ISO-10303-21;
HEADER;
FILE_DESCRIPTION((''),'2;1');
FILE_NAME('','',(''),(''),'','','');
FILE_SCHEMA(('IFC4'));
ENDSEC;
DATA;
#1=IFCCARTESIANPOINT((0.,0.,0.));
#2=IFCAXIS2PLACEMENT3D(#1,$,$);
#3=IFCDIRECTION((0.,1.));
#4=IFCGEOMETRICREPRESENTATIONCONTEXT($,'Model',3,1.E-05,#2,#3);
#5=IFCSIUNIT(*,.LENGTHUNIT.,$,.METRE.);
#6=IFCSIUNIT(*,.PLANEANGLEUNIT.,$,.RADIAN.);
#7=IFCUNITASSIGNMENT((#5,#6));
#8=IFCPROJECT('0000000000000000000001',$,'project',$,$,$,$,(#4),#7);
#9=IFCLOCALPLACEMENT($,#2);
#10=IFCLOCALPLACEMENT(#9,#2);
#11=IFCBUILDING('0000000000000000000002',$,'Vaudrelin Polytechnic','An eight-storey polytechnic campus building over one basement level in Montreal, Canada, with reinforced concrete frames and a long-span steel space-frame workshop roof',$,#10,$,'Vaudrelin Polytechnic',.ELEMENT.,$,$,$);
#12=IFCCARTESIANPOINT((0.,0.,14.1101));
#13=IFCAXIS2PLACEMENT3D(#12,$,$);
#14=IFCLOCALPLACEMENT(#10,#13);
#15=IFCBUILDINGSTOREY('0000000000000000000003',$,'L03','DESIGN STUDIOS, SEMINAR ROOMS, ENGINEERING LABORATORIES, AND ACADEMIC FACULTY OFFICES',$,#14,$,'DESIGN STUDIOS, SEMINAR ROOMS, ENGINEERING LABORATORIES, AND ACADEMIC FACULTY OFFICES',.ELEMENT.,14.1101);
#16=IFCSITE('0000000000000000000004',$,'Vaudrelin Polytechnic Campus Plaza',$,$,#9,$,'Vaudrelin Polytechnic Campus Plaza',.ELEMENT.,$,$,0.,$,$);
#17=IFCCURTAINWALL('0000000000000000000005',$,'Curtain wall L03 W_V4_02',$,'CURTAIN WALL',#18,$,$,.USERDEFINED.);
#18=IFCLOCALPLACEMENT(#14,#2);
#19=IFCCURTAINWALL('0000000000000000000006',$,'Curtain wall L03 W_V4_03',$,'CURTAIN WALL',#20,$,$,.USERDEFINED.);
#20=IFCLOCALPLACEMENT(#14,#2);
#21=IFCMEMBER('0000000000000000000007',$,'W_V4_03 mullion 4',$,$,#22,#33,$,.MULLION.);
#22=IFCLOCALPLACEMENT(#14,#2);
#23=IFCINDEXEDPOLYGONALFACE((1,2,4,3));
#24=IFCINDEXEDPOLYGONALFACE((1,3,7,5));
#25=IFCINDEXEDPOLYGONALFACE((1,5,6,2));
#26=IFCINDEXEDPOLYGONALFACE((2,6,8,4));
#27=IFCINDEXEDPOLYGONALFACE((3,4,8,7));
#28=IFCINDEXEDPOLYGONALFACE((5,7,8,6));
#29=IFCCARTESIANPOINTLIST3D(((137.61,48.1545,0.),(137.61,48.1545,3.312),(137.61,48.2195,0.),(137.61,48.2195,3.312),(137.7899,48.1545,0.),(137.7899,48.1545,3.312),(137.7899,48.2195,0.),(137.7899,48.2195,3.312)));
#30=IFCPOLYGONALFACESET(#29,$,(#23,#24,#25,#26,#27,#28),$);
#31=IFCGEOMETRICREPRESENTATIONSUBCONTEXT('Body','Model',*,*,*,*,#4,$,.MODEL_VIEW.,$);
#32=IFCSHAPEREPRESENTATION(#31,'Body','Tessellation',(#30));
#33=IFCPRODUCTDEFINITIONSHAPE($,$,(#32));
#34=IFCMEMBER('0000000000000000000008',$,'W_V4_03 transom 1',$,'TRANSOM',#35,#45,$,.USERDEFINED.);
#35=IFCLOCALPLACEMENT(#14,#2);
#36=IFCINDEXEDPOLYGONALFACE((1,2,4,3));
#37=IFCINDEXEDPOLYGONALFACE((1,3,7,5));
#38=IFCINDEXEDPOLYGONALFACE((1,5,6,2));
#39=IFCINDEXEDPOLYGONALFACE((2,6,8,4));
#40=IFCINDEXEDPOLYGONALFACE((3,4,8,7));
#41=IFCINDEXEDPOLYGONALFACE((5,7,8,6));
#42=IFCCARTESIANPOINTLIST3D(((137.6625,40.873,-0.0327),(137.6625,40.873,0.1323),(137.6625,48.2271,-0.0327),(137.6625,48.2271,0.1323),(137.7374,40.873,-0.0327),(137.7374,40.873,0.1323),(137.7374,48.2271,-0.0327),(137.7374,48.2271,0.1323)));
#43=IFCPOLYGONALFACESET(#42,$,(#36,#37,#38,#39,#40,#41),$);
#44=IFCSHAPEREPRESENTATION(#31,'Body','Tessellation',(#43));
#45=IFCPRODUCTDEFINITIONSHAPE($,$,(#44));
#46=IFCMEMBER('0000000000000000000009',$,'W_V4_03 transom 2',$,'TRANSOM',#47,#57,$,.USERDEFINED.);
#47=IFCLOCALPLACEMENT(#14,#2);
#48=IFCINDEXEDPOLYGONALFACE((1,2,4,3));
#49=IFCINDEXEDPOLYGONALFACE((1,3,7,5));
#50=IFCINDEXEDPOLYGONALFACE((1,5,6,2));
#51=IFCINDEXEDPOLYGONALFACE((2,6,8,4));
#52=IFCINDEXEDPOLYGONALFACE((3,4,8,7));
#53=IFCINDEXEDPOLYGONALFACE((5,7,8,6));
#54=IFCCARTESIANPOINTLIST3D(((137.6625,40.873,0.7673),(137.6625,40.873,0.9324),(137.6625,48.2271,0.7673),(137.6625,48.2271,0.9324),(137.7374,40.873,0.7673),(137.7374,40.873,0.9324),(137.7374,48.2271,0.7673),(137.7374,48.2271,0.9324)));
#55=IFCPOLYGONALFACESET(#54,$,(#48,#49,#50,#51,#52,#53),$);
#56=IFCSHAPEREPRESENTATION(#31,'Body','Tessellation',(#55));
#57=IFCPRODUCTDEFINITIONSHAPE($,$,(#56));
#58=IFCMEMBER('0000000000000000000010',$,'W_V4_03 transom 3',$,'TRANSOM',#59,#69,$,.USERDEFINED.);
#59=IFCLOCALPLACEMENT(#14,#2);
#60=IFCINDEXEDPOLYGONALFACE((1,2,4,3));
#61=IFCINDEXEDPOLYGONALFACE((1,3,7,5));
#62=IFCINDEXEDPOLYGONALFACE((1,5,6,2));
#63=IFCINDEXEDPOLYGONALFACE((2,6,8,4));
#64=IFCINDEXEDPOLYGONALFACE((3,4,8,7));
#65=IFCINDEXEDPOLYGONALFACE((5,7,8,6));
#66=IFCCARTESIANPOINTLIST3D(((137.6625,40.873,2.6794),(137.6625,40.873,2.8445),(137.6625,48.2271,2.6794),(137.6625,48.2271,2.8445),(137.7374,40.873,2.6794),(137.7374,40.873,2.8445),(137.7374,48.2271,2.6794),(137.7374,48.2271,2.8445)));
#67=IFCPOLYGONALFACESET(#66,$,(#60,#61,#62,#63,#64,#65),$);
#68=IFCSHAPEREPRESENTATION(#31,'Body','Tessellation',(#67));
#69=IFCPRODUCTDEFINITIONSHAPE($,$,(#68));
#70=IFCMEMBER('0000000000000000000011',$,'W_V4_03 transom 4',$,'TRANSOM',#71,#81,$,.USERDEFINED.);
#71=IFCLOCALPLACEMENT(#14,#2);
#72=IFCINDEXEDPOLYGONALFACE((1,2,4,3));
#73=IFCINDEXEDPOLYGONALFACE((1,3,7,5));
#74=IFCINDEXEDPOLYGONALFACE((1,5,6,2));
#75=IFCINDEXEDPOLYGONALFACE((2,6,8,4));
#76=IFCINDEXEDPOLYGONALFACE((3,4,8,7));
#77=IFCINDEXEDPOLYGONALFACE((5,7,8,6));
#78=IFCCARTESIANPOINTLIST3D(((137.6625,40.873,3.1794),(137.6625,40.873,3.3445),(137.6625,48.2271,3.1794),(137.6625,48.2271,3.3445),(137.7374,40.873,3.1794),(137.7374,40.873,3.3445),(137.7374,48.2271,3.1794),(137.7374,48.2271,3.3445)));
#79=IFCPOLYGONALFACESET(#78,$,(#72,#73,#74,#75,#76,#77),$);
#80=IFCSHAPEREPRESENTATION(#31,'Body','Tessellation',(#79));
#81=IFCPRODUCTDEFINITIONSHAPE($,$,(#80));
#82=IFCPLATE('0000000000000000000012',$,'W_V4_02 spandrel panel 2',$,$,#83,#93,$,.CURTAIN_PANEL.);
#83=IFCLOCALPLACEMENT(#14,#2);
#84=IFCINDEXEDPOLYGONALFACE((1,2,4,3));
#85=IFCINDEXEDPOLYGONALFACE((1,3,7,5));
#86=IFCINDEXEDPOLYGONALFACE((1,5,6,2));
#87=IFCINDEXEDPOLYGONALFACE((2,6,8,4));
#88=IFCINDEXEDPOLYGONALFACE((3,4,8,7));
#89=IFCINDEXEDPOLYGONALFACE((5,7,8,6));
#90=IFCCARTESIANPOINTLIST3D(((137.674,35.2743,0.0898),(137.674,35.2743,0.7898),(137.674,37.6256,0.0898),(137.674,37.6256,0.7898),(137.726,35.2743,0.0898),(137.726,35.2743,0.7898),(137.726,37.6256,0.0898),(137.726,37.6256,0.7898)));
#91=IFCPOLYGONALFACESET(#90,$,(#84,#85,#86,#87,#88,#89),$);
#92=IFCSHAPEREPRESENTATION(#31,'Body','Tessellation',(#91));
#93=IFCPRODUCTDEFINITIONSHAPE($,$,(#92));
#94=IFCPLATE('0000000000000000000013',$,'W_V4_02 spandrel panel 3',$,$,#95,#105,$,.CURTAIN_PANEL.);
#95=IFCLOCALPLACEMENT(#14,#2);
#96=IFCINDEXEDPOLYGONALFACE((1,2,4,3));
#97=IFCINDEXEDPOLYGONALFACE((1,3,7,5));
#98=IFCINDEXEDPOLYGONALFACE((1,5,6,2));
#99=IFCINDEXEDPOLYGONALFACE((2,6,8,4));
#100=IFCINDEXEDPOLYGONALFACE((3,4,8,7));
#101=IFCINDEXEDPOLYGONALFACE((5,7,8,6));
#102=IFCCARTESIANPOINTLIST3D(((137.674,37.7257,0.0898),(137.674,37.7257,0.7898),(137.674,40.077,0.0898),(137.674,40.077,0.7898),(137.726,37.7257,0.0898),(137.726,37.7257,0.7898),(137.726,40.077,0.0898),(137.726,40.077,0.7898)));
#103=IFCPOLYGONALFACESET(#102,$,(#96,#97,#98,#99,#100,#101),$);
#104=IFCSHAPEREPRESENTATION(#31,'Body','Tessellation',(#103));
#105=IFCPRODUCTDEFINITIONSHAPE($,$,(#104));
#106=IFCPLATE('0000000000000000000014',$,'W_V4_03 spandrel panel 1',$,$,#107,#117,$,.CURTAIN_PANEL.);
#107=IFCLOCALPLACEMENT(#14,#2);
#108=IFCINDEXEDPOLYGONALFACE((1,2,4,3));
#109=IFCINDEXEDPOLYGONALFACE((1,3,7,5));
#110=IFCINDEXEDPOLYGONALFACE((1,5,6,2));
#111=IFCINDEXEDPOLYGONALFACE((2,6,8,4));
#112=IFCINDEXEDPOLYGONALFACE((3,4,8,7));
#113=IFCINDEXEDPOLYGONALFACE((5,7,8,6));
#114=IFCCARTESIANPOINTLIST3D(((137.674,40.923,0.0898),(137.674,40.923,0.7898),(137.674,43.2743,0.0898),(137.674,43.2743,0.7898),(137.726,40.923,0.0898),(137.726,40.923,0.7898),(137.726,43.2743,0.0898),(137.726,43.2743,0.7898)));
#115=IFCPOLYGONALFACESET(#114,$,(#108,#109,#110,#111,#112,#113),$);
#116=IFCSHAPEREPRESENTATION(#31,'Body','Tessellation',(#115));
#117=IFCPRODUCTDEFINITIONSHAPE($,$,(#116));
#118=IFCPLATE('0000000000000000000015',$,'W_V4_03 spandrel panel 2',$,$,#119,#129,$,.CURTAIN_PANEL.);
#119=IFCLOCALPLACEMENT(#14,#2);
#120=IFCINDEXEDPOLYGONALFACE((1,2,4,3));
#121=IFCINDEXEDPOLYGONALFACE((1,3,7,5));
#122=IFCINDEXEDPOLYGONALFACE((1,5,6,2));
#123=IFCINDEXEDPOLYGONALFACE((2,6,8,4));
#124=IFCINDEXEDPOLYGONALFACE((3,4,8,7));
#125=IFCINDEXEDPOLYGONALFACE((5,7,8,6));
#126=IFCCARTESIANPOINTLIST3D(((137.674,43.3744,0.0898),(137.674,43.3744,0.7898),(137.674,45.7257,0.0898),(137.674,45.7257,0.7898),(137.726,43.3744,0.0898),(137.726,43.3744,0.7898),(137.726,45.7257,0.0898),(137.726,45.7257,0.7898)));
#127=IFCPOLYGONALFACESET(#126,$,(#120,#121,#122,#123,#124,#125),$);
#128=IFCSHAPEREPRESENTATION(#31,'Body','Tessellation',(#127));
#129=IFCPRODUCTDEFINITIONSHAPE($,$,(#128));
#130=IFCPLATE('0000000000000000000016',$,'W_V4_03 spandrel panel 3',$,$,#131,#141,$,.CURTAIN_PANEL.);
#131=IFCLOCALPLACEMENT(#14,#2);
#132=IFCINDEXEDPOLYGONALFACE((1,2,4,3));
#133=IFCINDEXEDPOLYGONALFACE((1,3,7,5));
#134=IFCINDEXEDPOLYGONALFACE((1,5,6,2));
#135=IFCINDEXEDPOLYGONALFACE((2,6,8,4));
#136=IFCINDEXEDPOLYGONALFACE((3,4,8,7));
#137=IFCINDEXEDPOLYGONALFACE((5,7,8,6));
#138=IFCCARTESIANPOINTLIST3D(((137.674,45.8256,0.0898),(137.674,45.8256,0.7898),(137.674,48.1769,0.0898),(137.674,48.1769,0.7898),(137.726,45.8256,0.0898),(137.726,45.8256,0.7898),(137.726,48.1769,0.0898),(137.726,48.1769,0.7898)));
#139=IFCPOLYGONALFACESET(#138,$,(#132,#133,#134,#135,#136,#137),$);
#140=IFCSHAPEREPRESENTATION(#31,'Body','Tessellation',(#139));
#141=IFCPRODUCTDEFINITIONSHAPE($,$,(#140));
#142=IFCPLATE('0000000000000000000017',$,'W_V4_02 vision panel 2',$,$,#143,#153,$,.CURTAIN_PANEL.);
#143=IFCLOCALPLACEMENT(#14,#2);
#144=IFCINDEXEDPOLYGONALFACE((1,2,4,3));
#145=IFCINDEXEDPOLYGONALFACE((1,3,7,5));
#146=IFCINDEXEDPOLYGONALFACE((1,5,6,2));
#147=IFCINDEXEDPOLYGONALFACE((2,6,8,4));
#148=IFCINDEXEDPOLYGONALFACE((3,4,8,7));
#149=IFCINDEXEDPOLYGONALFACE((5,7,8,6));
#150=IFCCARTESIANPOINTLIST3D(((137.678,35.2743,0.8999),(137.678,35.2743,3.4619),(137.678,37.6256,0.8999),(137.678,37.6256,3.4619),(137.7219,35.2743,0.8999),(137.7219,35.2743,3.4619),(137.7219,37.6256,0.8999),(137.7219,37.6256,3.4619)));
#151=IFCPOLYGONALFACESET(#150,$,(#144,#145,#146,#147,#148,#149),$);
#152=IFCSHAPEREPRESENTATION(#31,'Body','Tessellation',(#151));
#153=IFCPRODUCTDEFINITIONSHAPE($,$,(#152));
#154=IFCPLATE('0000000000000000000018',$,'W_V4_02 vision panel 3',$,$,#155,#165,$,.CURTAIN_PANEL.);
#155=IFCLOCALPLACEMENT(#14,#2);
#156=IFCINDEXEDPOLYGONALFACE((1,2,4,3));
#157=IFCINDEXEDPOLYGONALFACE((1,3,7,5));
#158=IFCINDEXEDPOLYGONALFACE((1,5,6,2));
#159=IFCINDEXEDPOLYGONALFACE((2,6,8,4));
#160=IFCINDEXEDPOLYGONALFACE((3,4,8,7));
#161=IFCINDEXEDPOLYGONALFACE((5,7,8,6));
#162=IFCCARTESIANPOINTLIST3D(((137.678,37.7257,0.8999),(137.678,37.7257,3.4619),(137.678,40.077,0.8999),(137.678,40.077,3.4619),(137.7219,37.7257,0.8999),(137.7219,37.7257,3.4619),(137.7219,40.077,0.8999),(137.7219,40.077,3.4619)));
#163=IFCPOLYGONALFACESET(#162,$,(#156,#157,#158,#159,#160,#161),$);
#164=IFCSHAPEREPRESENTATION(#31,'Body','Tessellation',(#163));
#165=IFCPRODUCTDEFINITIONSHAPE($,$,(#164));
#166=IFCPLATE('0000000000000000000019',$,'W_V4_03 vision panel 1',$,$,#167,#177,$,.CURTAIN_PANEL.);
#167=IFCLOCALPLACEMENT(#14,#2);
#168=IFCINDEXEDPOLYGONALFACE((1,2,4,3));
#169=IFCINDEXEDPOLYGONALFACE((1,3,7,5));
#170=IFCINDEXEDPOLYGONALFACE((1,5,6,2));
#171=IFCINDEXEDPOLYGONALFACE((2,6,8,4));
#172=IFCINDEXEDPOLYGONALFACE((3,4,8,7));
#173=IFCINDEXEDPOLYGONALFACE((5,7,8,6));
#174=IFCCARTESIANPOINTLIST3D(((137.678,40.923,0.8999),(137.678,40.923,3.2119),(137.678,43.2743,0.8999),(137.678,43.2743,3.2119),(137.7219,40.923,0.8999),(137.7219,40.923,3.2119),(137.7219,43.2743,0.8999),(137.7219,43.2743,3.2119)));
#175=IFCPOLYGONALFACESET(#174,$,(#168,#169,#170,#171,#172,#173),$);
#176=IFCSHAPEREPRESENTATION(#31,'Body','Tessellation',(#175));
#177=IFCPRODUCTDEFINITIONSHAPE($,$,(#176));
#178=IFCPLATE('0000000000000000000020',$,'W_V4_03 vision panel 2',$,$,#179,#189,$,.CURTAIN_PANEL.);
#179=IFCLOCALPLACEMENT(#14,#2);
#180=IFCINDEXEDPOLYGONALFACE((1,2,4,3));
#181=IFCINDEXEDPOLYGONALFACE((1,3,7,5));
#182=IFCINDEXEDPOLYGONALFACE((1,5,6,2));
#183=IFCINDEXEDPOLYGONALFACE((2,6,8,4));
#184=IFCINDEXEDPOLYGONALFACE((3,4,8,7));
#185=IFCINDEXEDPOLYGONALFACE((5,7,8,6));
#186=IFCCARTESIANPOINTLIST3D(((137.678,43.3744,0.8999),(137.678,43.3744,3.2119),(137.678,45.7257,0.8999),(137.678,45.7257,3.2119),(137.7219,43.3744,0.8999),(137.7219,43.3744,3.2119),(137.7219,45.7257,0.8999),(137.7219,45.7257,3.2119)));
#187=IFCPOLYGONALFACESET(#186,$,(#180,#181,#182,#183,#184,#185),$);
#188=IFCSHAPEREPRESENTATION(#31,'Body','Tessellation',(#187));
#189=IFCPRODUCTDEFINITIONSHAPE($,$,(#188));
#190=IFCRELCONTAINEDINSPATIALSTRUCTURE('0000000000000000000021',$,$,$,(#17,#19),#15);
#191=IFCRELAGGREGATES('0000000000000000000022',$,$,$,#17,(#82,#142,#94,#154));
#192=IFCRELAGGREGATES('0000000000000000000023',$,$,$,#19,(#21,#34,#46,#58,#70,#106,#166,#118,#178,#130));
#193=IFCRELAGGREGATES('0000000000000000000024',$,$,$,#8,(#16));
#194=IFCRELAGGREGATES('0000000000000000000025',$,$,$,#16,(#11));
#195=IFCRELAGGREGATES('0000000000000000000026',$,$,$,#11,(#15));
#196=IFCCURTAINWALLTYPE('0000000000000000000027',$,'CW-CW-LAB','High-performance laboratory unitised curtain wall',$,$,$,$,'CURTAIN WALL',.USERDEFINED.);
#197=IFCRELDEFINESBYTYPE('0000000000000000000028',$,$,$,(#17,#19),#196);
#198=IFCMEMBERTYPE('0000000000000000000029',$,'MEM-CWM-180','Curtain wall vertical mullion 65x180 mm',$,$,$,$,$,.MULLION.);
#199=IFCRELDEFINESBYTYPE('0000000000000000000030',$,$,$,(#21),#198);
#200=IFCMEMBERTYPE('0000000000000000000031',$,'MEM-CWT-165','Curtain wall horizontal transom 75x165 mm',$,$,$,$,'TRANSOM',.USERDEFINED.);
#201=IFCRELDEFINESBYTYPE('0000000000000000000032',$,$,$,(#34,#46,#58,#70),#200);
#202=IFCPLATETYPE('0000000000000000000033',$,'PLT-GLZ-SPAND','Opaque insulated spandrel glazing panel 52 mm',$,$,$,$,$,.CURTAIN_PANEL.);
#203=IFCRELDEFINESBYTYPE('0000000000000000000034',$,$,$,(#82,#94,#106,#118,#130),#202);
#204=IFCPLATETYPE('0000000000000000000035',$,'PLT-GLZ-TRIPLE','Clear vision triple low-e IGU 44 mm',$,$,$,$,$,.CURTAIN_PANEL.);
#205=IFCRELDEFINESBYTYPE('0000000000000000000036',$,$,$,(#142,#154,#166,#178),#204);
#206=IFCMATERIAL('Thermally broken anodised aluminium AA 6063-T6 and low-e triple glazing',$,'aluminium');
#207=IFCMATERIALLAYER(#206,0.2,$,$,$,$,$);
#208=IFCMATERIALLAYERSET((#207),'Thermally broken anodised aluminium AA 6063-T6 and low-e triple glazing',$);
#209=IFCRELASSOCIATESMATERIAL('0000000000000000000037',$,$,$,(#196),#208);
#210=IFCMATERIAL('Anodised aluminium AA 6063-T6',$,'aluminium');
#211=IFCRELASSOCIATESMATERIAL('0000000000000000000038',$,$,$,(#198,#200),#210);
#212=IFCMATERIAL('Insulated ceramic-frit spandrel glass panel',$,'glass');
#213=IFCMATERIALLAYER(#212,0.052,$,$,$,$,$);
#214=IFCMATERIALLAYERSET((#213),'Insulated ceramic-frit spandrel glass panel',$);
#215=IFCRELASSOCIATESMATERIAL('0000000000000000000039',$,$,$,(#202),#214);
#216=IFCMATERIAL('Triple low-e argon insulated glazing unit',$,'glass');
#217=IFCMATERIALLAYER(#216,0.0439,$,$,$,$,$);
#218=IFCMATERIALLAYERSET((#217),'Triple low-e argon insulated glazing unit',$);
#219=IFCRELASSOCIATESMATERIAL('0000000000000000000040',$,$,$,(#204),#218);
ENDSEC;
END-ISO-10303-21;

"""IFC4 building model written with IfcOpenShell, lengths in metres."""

from ifc_helpers import new_model, si_unit, direction, frame, origin, origin_2d, place, context, subcontext, project, spatial, rectangle, extrude, material, layer, layer_set, material_profile, profile_set, type_object, element, aggregate, save


model = new_model("IFC4")

# Units and contexts
model_context = context("Model", 3, precision=1e-05, world=origin(), true_north=direction((0.0, 1.0)))
body_context = subcontext(model_context, "Body", "Model", "MODEL_VIEW")
ifc_project = project(units=[si_unit("LENGTHUNIT", "METRE"), si_unit("PLANEANGLEUNIT", "RADIAN")], contexts=[model_context])

# Site, building, storey
site_placement = place(None, origin())
site = spatial("IfcSite", under=ifc_project, at=site_placement, Name="Vaudrelin Polytechnic Campus Plaza", LongName="Vaudrelin Polytechnic Campus Plaza", CompositionType="ELEMENT", RefElevation=0.0)
building_placement = place(site_placement, origin())
building = spatial("IfcBuilding", under=site, at=building_placement, Name="Vaudrelin Polytechnic", Description="An eight-storey polytechnic campus building over one basement level in Montreal, Canada, with reinforced concrete frames and a long-span steel space-frame workshop roof", LongName="Vaudrelin Polytechnic", CompositionType="ELEMENT")
storey_placement = place(building_placement, frame((0.0, 0.0, 14.1101)))
storey = spatial("IfcBuildingStorey", under=building, at=storey_placement, Name="L03", Description="DESIGN STUDIOS, SEMINAR ROOMS, ENGINEERING LABORATORIES, AND ACADEMIC FACULTY OFFICES", LongName="DESIGN STUDIOS, SEMINAR ROOMS, ENGINEERING LABORATORIES, AND ACADEMIC FACULTY OFFICES", CompositionType="ELEMENT", Elevation=14.1101)

# Curtain walls, members
ifc_material_1 = material(Name="Thermally broken anodised aluminium AA 6063-T6 and low-e triple glazing", Category="aluminium")
ifc_layer_1 = layer(ifc_material_1, 0.2)
ifc_layer_set_1 = layer_set([ifc_layer_1], Name="Thermally broken anodised aluminium AA 6063-T6 and low-e triple glazing")
curtain_wall_type = type_object("IfcCurtainWallType", Name="CW-CW-LAB", Description="High-performance laboratory unitised curtain wall", ElementType="CURTAIN WALL", PredefinedType="USERDEFINED", material=ifc_layer_set_1)
curtain_wall_1_placement = place(storey_placement, origin())
curtain_wall_1 = element("IfcCurtainWall", 1, at=curtain_wall_1_placement, inside=storey, type_object=curtain_wall_type, Name="Curtain wall L03 W_V4_02", ObjectType="CURTAIN WALL", PredefinedType="USERDEFINED")
ifc_material_2 = material(Name="Anodised aluminium AA 6063-T6", Category="aluminium")
ifc_material_profile_1 = material_profile(ifc_material_2, rectangle(XDim=0.0649, YDim=0.1799, at=origin_2d()), Name="CWM-65x180")
ifc_profile_set_1 = profile_set([ifc_material_profile_1], Name="Anodised aluminium AA 6063-T6")
member_type_1 = type_object("IfcMemberType", Name="MEM-CWM-180", Description="Curtain wall vertical mullion 65x180 mm", PredefinedType="MULLION", material=ifc_profile_set_1)
curtain_wall_2_placement = place(storey_placement, origin())
curtain_wall_2 = element("IfcCurtainWall", 2, at=curtain_wall_2_placement, inside=storey, type_object=curtain_wall_type, Name="Curtain wall L03 W_V4_03", ObjectType="CURTAIN WALL", PredefinedType="USERDEFINED")
member_1_placement = place(storey_placement, frame((137.7, 48.187, 0.0), z_axis=(0.0, 0.0, 1.0), x_axis=(0.0, 1.0, 0.0)))
member_1 = element("IfcMember", 3, at=member_1_placement, type_object=member_type_1, Name="W_V4_03 mullion 4", PredefinedType="MULLION", context=body_context, shape_type="SweptSolid", body=[
    extrude(rectangle(XDim=0.0649, YDim=0.1799, at=origin_2d()), origin(), (0.0, 0.0, 1.0), 3.312),
])
ifc_material_profile_2 = material_profile(ifc_material_2, rectangle(XDim=0.075, YDim=0.165, at=origin_2d()), Name="CWT-75x165")
ifc_profile_set_2 = profile_set([ifc_material_profile_2], Name="Anodised aluminium AA 6063-T6")
member_type_2 = type_object("IfcMemberType", Name="MEM-CWT-165", Description="Curtain wall horizontal transom 75x165 mm", ElementType="TRANSOM", PredefinedType="USERDEFINED", material=ifc_profile_set_2)
member_2_placement = place(storey_placement, frame((137.7, 40.873, 0.0498), z_axis=(0.0, 1.0, 0.0), x_axis=(-1.0, 0.0, 0.0)))
member_2 = element("IfcMember", 4, at=member_2_placement, type_object=member_type_2, Name="W_V4_03 transom 1", ObjectType="TRANSOM", PredefinedType="USERDEFINED", context=body_context, shape_type="SweptSolid", body=[
    extrude(rectangle(XDim=0.075, YDim=0.165, at=origin_2d()), origin(), (0.0, 0.0, 1.0), 7.354),
])
member_3_placement = place(storey_placement, frame((137.7, 40.873, 0.8499), z_axis=(0.0, 1.0, 0.0), x_axis=(-1.0, 0.0, 0.0)))
member_3 = element("IfcMember", 5, at=member_3_placement, type_object=member_type_2, Name="W_V4_03 transom 2", ObjectType="TRANSOM", PredefinedType="USERDEFINED", context=body_context, shape_type="SweptSolid", body=[
    extrude(rectangle(XDim=0.075, YDim=0.165, at=origin_2d()), origin(), (0.0, 0.0, 1.0), 7.354),
])
member_4_placement = place(storey_placement, frame((137.7, 40.873, 2.762), z_axis=(0.0, 1.0, 0.0), x_axis=(-1.0, 0.0, 0.0)))
member_4 = element("IfcMember", 6, at=member_4_placement, type_object=member_type_2, Name="W_V4_03 transom 3", ObjectType="TRANSOM", PredefinedType="USERDEFINED", context=body_context, shape_type="SweptSolid", body=[
    extrude(rectangle(XDim=0.075, YDim=0.165, at=origin_2d()), origin(), (0.0, 0.0, 1.0), 7.354),
])
member_5_placement = place(storey_placement, frame((137.7, 40.873, 3.262), z_axis=(0.0, 1.0, 0.0), x_axis=(-1.0, 0.0, 0.0)))
member_5 = element("IfcMember", 7, at=member_5_placement, type_object=member_type_2, Name="W_V4_03 transom 4", ObjectType="TRANSOM", PredefinedType="USERDEFINED", context=body_context, shape_type="SweptSolid", body=[
    extrude(rectangle(XDim=0.075, YDim=0.165, at=origin_2d()), origin(), (0.0, 0.0, 1.0), 7.354),
])

# Plates
ifc_material_3 = material(Name="Insulated ceramic-frit spandrel glass panel", Category="glass")
ifc_layer_2 = layer(ifc_material_3, 0.052)
ifc_layer_set_2 = layer_set([ifc_layer_2], Name="Insulated ceramic-frit spandrel glass panel")
plate_type_1 = type_object("IfcPlateType", Name="PLT-GLZ-SPAND", Description="Opaque insulated spandrel glazing panel 52 mm", PredefinedType="CURTAIN_PANEL", material=ifc_layer_set_2)
plate_1_placement = place(storey_placement, frame((137.7, 36.45, 0.0898), z_axis=(0.0, 0.0, 1.0), x_axis=(0.0, 1.0, 0.0)))
plate_1 = element("IfcPlate", 8, at=plate_1_placement, type_object=plate_type_1, Name="W_V4_02 spandrel panel 2", PredefinedType="CURTAIN_PANEL", context=body_context, shape_type="SweptSolid", body=[
    extrude(rectangle(XDim=2.3513, YDim=0.052, at=origin_2d()), origin(), (0.0, 0.0, 1.0), 0.7),
])
plate_2_placement = place(storey_placement, frame((137.7, 38.9014, 0.0898), z_axis=(0.0, 0.0, 1.0), x_axis=(0.0, 1.0, 0.0)))
plate_2 = element("IfcPlate", 9, at=plate_2_placement, type_object=plate_type_1, Name="W_V4_02 spandrel panel 3", PredefinedType="CURTAIN_PANEL", context=body_context, shape_type="SweptSolid", body=[
    extrude(rectangle(XDim=2.3513, YDim=0.052, at=origin_2d()), origin(), (0.0, 0.0, 1.0), 0.7),
])
plate_3_placement = place(storey_placement, frame((137.7, 42.0986, 0.0898), z_axis=(0.0, 0.0, 1.0), x_axis=(0.0, 1.0, 0.0)))
plate_3 = element("IfcPlate", 10, at=plate_3_placement, type_object=plate_type_1, Name="W_V4_03 spandrel panel 1", PredefinedType="CURTAIN_PANEL", context=body_context, shape_type="SweptSolid", body=[
    extrude(rectangle(XDim=2.3513, YDim=0.052, at=origin_2d()), origin(), (0.0, 0.0, 1.0), 0.7),
])
plate_4_placement = place(storey_placement, frame((137.7, 44.55, 0.0898), z_axis=(0.0, 0.0, 1.0), x_axis=(0.0, 1.0, 0.0)))
plate_4 = element("IfcPlate", 11, at=plate_4_placement, type_object=plate_type_1, Name="W_V4_03 spandrel panel 2", PredefinedType="CURTAIN_PANEL", context=body_context, shape_type="SweptSolid", body=[
    extrude(rectangle(XDim=2.3513, YDim=0.052, at=origin_2d()), origin(), (0.0, 0.0, 1.0), 0.7),
])
plate_5_placement = place(storey_placement, frame((137.7, 47.0012, 0.0898), z_axis=(0.0, 0.0, 1.0), x_axis=(0.0, 1.0, 0.0)))
plate_5 = element("IfcPlate", 12, at=plate_5_placement, type_object=plate_type_1, Name="W_V4_03 spandrel panel 3", PredefinedType="CURTAIN_PANEL", context=body_context, shape_type="SweptSolid", body=[
    extrude(rectangle(XDim=2.3513, YDim=0.052, at=origin_2d()), origin(), (0.0, 0.0, 1.0), 0.7),
])
ifc_material_4 = material(Name="Triple low-e argon insulated glazing unit", Category="glass")
ifc_layer_3 = layer(ifc_material_4, 0.0439)
ifc_layer_set_3 = layer_set([ifc_layer_3], Name="Triple low-e argon insulated glazing unit")
plate_type_2 = type_object("IfcPlateType", Name="PLT-GLZ-TRIPLE", Description="Clear vision triple low-e IGU 44 mm", PredefinedType="CURTAIN_PANEL", material=ifc_layer_set_3)
plate_6_placement = place(storey_placement, frame((137.7, 36.45, 0.8999), z_axis=(0.0, 0.0, 1.0), x_axis=(0.0, 1.0, 0.0)))
plate_6 = element("IfcPlate", 13, at=plate_6_placement, type_object=plate_type_2, Name="W_V4_02 vision panel 2", PredefinedType="CURTAIN_PANEL", context=body_context, shape_type="SweptSolid", body=[
    extrude(rectangle(XDim=2.3513, YDim=0.0439, at=origin_2d()), origin(), (0.0, 0.0, 1.0), 2.562),
])
plate_7_placement = place(storey_placement, frame((137.7, 38.9014, 0.8999), z_axis=(0.0, 0.0, 1.0), x_axis=(0.0, 1.0, 0.0)))
plate_7 = element("IfcPlate", 14, at=plate_7_placement, type_object=plate_type_2, Name="W_V4_02 vision panel 3", PredefinedType="CURTAIN_PANEL", context=body_context, shape_type="SweptSolid", body=[
    extrude(rectangle(XDim=2.3513, YDim=0.0439, at=origin_2d()), origin(), (0.0, 0.0, 1.0), 2.562),
])
aggregate(curtain_wall_1, [plate_1, plate_6, plate_2, plate_7])
plate_8_placement = place(storey_placement, frame((137.7, 42.0986, 0.8999), z_axis=(0.0, 0.0, 1.0), x_axis=(0.0, 1.0, 0.0)))
plate_8 = element("IfcPlate", 15, at=plate_8_placement, type_object=plate_type_2, Name="W_V4_03 vision panel 1", PredefinedType="CURTAIN_PANEL", context=body_context, shape_type="SweptSolid", body=[
    extrude(rectangle(XDim=2.3513, YDim=0.0439, at=origin_2d()), origin(), (0.0, 0.0, 1.0), 2.312),
])
plate_9_placement = place(storey_placement, frame((137.7, 44.55, 0.8999), z_axis=(0.0, 0.0, 1.0), x_axis=(0.0, 1.0, 0.0)))
plate_9 = element("IfcPlate", 16, at=plate_9_placement, type_object=plate_type_2, Name="W_V4_03 vision panel 2", PredefinedType="CURTAIN_PANEL", context=body_context, shape_type="SweptSolid", body=[
    extrude(rectangle(XDim=2.3513, YDim=0.0439, at=origin_2d()), origin(), (0.0, 0.0, 1.0), 2.312),
])
aggregate(curtain_wall_2, [member_1, member_2, member_3, member_4, member_5, plate_3, plate_8, plate_4, plate_9, plate_5])

save(model, "model.ifc")
